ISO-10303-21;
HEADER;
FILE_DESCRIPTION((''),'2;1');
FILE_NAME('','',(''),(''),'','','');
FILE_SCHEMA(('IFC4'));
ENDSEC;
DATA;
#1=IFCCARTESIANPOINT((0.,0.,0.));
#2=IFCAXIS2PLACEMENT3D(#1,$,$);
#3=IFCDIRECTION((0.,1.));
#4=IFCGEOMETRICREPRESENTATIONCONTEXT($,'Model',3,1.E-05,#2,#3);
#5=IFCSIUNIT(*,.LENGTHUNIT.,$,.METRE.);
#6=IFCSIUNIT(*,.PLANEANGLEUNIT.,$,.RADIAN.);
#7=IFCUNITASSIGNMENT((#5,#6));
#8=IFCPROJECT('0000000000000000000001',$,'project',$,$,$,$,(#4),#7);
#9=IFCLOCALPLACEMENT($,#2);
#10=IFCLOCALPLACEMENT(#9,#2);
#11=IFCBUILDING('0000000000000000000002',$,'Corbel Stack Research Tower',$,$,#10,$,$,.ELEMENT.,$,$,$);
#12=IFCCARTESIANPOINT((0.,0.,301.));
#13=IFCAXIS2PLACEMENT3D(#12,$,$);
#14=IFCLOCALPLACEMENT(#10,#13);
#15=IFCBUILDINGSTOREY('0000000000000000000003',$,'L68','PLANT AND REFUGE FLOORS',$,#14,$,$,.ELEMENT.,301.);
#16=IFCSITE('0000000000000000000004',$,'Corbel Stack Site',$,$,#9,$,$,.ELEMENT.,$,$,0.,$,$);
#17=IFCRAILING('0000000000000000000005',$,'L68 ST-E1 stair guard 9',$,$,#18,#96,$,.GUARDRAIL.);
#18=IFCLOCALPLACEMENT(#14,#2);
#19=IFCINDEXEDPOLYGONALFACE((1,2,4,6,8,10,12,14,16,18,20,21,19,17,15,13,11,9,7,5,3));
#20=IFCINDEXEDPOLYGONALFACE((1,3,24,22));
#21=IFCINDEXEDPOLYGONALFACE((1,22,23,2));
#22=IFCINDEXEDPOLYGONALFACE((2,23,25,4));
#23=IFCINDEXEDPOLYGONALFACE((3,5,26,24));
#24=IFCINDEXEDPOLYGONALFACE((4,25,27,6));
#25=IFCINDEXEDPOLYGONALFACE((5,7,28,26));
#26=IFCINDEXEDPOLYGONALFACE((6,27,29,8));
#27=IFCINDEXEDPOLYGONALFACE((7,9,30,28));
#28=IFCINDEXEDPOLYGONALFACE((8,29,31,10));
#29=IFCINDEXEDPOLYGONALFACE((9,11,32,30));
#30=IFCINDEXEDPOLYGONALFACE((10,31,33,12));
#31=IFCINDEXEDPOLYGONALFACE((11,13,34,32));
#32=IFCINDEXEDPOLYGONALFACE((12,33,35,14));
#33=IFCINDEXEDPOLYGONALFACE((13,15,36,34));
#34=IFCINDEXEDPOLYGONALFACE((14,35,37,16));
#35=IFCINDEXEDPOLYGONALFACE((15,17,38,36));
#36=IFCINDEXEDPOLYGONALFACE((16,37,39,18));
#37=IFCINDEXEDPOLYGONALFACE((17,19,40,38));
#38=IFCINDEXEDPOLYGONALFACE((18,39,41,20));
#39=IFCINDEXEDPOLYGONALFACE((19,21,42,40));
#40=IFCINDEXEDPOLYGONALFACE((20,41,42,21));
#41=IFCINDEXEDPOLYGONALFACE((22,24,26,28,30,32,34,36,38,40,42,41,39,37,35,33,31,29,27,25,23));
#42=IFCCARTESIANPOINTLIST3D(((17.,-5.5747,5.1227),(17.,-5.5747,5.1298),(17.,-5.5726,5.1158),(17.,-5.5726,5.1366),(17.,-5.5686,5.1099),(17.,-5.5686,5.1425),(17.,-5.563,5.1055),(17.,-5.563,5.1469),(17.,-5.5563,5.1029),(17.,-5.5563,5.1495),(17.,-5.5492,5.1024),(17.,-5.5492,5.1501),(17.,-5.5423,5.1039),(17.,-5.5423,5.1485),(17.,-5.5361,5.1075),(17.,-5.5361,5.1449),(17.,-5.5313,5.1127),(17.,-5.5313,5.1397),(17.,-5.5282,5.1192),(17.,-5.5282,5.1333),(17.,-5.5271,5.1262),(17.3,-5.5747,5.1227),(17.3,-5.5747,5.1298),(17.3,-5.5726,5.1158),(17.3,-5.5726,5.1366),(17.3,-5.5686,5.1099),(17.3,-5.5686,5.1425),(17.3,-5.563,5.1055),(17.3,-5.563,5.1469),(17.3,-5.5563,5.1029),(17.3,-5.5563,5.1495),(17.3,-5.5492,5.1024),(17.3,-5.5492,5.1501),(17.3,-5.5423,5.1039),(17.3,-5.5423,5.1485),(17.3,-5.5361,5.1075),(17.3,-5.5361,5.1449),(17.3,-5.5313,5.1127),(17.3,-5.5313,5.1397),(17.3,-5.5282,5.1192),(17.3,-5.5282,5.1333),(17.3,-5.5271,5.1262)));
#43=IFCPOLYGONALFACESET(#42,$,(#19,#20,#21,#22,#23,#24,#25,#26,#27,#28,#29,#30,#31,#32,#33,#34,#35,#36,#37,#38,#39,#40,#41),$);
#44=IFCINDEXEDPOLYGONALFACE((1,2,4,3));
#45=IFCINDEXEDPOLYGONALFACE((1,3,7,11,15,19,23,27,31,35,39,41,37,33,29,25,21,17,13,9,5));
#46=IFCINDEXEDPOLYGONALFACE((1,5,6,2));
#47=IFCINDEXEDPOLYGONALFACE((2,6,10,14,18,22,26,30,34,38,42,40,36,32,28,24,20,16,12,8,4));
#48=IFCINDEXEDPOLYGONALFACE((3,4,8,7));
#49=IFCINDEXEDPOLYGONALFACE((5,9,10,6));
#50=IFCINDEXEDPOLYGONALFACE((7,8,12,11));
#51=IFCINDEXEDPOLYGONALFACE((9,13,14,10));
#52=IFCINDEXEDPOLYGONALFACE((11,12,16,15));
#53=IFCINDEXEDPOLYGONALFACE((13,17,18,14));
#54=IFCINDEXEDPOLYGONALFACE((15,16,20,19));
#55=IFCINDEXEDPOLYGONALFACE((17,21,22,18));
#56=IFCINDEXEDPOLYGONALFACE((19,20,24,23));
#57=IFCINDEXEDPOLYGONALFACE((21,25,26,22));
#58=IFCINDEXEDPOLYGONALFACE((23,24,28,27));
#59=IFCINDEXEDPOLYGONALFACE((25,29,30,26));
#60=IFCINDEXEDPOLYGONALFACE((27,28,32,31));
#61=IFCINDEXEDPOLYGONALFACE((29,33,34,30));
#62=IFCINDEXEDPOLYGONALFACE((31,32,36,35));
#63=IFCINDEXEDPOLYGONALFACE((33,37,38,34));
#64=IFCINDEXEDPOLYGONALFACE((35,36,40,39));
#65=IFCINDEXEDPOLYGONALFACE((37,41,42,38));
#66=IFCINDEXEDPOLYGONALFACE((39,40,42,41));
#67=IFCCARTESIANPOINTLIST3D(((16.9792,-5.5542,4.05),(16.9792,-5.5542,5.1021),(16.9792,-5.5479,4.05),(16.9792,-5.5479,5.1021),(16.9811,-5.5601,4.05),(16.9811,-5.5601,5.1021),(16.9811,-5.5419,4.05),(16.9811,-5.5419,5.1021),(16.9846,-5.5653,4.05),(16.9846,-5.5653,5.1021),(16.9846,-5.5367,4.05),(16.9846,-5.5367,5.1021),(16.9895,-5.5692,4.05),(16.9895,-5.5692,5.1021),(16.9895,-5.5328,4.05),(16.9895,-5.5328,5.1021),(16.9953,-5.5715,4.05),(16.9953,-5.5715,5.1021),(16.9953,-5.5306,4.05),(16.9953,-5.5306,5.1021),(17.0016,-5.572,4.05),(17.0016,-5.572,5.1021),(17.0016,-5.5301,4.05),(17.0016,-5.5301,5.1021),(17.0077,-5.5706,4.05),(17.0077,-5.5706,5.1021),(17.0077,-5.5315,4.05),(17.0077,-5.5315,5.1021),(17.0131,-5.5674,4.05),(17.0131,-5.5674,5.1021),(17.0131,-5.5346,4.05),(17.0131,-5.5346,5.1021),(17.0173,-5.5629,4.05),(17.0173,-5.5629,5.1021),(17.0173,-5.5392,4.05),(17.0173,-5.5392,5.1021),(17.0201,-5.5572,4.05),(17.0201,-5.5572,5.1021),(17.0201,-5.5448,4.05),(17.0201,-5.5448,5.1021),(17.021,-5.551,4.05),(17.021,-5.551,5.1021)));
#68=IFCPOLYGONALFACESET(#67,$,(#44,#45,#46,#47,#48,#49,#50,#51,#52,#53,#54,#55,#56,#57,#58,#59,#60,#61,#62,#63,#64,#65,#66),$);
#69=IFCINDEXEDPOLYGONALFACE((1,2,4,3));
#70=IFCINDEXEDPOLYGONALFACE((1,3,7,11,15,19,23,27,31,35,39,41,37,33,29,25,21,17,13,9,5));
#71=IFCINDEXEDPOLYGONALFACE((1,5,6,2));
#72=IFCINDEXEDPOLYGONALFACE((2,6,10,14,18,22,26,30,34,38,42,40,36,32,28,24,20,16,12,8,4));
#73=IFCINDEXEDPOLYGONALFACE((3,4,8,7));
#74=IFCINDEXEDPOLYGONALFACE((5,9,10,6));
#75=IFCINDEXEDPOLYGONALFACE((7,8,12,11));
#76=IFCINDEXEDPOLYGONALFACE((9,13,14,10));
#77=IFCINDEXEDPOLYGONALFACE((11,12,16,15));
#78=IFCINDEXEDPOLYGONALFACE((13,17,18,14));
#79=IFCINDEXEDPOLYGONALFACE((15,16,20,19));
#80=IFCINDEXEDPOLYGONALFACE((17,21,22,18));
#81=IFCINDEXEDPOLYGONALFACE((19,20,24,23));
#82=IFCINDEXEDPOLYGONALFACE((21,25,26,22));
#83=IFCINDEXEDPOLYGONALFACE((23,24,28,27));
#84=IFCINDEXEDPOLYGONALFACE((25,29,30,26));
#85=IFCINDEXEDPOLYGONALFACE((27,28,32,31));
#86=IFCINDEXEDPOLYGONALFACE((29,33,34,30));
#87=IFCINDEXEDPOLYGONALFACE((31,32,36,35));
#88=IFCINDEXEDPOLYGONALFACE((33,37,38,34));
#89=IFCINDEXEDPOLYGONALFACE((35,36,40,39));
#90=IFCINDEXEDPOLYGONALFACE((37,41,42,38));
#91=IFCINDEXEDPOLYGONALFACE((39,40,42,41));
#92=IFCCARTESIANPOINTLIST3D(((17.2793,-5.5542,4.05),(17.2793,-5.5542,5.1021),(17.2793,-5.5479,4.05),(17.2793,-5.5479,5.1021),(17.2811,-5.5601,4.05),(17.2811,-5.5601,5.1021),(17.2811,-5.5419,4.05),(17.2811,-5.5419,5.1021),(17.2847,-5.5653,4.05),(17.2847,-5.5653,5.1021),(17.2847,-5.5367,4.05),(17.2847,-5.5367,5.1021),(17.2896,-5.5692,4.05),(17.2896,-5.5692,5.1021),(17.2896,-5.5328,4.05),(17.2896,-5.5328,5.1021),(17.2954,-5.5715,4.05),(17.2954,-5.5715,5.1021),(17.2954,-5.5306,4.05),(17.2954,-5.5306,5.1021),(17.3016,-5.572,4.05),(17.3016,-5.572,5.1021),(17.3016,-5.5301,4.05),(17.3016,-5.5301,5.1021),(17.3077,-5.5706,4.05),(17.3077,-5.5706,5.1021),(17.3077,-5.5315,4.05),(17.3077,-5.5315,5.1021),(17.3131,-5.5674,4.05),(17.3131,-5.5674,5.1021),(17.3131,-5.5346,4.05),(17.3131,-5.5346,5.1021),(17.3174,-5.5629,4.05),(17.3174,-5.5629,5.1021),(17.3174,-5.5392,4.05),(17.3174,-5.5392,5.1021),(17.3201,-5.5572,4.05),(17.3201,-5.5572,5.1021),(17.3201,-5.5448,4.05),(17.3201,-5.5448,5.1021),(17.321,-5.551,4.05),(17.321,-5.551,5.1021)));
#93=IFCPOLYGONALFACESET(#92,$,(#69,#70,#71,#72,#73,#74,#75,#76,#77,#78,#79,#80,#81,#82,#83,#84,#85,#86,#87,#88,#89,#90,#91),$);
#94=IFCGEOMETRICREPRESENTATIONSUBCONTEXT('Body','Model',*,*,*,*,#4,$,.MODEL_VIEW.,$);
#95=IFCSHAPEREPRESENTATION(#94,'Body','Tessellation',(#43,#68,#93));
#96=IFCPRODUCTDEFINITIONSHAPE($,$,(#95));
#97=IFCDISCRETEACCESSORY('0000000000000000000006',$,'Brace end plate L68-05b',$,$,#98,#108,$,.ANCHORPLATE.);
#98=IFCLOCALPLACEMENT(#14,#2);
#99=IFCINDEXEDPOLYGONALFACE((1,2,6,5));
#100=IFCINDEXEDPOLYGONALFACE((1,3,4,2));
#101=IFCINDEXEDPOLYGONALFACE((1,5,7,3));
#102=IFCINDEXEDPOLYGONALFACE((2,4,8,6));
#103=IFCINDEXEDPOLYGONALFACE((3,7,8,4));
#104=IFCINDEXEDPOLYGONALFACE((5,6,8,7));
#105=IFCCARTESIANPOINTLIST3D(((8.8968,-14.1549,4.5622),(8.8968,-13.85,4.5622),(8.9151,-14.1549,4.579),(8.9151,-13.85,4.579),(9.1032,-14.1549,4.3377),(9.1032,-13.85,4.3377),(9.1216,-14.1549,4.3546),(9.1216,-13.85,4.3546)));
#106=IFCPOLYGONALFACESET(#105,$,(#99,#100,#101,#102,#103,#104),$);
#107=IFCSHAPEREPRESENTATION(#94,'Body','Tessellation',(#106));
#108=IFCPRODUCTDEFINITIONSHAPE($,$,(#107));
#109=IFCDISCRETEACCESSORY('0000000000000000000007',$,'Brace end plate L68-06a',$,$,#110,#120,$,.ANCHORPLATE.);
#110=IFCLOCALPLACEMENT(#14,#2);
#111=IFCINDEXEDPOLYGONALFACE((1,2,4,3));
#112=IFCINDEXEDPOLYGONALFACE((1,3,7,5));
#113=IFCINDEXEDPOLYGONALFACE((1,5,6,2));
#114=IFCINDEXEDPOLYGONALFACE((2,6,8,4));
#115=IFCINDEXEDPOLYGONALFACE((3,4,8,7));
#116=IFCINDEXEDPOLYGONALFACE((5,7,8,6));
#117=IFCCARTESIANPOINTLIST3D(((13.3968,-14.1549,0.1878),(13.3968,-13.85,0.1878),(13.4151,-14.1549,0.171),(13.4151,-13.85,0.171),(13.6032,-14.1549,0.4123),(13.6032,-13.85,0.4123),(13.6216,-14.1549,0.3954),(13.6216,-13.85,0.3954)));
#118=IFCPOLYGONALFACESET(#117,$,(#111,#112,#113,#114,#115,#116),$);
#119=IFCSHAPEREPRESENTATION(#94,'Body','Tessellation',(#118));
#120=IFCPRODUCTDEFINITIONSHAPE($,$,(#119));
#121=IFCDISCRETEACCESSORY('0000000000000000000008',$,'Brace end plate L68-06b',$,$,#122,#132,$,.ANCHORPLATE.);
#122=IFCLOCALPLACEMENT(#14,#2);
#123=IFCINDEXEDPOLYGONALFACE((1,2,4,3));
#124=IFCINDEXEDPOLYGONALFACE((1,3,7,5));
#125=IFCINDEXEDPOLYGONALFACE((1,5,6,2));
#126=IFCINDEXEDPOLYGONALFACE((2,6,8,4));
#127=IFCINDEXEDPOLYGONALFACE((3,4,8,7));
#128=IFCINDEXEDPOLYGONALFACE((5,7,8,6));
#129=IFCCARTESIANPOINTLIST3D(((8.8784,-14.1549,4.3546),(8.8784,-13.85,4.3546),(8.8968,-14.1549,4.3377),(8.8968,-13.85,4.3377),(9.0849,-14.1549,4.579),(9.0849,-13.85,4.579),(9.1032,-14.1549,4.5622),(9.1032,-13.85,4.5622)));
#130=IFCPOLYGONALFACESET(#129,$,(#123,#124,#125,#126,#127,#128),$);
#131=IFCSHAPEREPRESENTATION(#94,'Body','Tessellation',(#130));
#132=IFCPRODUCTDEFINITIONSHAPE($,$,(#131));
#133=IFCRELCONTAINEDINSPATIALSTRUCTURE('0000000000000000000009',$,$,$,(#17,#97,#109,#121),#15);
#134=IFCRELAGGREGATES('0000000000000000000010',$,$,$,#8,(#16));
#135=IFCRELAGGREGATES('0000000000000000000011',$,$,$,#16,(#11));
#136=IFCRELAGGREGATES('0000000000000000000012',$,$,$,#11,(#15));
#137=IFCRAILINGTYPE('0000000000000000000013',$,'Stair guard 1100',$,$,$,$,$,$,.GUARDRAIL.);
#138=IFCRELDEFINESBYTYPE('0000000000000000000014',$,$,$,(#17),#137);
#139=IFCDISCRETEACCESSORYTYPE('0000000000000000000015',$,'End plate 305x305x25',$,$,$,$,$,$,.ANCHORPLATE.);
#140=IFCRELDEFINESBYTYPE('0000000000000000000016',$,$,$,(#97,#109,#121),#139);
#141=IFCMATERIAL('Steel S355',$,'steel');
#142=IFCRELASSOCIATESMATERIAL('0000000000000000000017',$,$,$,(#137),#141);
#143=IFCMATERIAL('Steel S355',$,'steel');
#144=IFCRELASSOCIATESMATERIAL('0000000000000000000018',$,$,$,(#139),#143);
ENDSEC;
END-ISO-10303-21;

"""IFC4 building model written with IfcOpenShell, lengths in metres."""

from ifc_helpers import new_model, si_unit, direction, frame, origin, origin_2d, place, context, subcontext, project, spatial, rectangle, circle, extrude, material, material_profile, profile_set, type_object, element, save


model = new_model("IFC4")

# Units and contexts
model_context = context("Model", 3, precision=1e-05, world=origin(), true_north=direction((0.0, 1.0)))
body_context = subcontext(model_context, "Body", "Model", "MODEL_VIEW")
ifc_project = project(units=[si_unit("LENGTHUNIT", "METRE"), si_unit("PLANEANGLEUNIT", "RADIAN")], contexts=[model_context])

# Site, building, storey
site_placement = place(None, origin())
site = spatial("IfcSite", under=ifc_project, at=site_placement, Name="Corbel Stack Site", CompositionType="ELEMENT", RefElevation=0.0)
building_placement = place(site_placement, origin())
building = spatial("IfcBuilding", under=site, at=building_placement, Name="Corbel Stack Research Tower", CompositionType="ELEMENT")
storey_placement = place(building_placement, frame((0.0, 0.0, 301.0)))
storey = spatial("IfcBuildingStorey", under=building, at=storey_placement, Name="L68", Description="PLANT AND REFUGE FLOORS", CompositionType="ELEMENT", Elevation=301.0)

# Railing
ifc_material_1 = material(Name="Steel S355", Category="steel")
railing_type = type_object("IfcRailingType", Name="Stair guard 1100", PredefinedType="GUARDRAIL", material=ifc_material_1)
railing_1_placement = place(storey_placement, frame((17.0, -5.551, 4.05)))
element("IfcRailing", 1, at=railing_1_placement, inside=storey, type_object=railing_type, Name="L68 ST-E1 stair guard 9", PredefinedType="GUARDRAIL", context=body_context, shape_type="SweptSolid", body=[
    extrude(circle(Radius=0.0239, at=origin_2d()), frame((0.0, 0.0, 1.0762), z_axis=(1.0, 0.0, 0.0), x_axis=(0.0, 1.0, 0.0)), (0.0, 0.0, 1.0), 0.3),
    extrude(circle(Radius=0.021, at=origin_2d()), origin(), (0.0, 0.0, 1.0), 1.052),
    extrude(circle(Radius=0.021, at=origin_2d()), frame((0.3, 0.0, 0.0)), (0.0, 0.0, 1.0), 1.052),
])

# Discrete accessories
ifc_material_2 = material(Name="Steel S355", Category="steel")
ifc_material_profile_1 = material_profile(ifc_material_2, rectangle(XDim=0.3049, YDim=0.3049, at=origin_2d()), Name="End plate 305x305x25")
ifc_profile_set_1 = profile_set([ifc_material_profile_1], Name="Steel S355")
discrete_accessory_type = type_object("IfcDiscreteAccessoryType", Name="End plate 305x305x25", PredefinedType="ANCHORPLATE", material=ifc_profile_set_1)
for number, where, z_axis, x_axis, name in (
    (2, (9.0, -14.0024, 4.45), (0.735931, 0.0, 0.677057), (0.0, 1.0, 0.0), "Brace end plate L68-05b"),
    (3, (13.5, -14.0024, 0.3), (0.735931, 0.0, -0.677057), (0.0, 1.0, 0.0), "Brace end plate L68-06a"),
    (4, (9.0, -14.0024, 4.45), (-0.735931, 0.0, 0.677057), (0.0, -1.0, 0.0), "Brace end plate L68-06b"),
):
    element("IfcDiscreteAccessory", number, at=place(storey_placement, frame(where, z_axis=z_axis, x_axis=x_axis)), inside=storey, type_object=discrete_accessory_type, Name=name, PredefinedType="ANCHORPLATE", context=body_context, shape_type="SweptSolid", body=[
        extrude(rectangle(XDim=0.3049, YDim=0.3049, at=origin_2d()), origin(), (0.0, 0.0, 1.0), 0.0249),
    ])

save(model, "model.ifc")
